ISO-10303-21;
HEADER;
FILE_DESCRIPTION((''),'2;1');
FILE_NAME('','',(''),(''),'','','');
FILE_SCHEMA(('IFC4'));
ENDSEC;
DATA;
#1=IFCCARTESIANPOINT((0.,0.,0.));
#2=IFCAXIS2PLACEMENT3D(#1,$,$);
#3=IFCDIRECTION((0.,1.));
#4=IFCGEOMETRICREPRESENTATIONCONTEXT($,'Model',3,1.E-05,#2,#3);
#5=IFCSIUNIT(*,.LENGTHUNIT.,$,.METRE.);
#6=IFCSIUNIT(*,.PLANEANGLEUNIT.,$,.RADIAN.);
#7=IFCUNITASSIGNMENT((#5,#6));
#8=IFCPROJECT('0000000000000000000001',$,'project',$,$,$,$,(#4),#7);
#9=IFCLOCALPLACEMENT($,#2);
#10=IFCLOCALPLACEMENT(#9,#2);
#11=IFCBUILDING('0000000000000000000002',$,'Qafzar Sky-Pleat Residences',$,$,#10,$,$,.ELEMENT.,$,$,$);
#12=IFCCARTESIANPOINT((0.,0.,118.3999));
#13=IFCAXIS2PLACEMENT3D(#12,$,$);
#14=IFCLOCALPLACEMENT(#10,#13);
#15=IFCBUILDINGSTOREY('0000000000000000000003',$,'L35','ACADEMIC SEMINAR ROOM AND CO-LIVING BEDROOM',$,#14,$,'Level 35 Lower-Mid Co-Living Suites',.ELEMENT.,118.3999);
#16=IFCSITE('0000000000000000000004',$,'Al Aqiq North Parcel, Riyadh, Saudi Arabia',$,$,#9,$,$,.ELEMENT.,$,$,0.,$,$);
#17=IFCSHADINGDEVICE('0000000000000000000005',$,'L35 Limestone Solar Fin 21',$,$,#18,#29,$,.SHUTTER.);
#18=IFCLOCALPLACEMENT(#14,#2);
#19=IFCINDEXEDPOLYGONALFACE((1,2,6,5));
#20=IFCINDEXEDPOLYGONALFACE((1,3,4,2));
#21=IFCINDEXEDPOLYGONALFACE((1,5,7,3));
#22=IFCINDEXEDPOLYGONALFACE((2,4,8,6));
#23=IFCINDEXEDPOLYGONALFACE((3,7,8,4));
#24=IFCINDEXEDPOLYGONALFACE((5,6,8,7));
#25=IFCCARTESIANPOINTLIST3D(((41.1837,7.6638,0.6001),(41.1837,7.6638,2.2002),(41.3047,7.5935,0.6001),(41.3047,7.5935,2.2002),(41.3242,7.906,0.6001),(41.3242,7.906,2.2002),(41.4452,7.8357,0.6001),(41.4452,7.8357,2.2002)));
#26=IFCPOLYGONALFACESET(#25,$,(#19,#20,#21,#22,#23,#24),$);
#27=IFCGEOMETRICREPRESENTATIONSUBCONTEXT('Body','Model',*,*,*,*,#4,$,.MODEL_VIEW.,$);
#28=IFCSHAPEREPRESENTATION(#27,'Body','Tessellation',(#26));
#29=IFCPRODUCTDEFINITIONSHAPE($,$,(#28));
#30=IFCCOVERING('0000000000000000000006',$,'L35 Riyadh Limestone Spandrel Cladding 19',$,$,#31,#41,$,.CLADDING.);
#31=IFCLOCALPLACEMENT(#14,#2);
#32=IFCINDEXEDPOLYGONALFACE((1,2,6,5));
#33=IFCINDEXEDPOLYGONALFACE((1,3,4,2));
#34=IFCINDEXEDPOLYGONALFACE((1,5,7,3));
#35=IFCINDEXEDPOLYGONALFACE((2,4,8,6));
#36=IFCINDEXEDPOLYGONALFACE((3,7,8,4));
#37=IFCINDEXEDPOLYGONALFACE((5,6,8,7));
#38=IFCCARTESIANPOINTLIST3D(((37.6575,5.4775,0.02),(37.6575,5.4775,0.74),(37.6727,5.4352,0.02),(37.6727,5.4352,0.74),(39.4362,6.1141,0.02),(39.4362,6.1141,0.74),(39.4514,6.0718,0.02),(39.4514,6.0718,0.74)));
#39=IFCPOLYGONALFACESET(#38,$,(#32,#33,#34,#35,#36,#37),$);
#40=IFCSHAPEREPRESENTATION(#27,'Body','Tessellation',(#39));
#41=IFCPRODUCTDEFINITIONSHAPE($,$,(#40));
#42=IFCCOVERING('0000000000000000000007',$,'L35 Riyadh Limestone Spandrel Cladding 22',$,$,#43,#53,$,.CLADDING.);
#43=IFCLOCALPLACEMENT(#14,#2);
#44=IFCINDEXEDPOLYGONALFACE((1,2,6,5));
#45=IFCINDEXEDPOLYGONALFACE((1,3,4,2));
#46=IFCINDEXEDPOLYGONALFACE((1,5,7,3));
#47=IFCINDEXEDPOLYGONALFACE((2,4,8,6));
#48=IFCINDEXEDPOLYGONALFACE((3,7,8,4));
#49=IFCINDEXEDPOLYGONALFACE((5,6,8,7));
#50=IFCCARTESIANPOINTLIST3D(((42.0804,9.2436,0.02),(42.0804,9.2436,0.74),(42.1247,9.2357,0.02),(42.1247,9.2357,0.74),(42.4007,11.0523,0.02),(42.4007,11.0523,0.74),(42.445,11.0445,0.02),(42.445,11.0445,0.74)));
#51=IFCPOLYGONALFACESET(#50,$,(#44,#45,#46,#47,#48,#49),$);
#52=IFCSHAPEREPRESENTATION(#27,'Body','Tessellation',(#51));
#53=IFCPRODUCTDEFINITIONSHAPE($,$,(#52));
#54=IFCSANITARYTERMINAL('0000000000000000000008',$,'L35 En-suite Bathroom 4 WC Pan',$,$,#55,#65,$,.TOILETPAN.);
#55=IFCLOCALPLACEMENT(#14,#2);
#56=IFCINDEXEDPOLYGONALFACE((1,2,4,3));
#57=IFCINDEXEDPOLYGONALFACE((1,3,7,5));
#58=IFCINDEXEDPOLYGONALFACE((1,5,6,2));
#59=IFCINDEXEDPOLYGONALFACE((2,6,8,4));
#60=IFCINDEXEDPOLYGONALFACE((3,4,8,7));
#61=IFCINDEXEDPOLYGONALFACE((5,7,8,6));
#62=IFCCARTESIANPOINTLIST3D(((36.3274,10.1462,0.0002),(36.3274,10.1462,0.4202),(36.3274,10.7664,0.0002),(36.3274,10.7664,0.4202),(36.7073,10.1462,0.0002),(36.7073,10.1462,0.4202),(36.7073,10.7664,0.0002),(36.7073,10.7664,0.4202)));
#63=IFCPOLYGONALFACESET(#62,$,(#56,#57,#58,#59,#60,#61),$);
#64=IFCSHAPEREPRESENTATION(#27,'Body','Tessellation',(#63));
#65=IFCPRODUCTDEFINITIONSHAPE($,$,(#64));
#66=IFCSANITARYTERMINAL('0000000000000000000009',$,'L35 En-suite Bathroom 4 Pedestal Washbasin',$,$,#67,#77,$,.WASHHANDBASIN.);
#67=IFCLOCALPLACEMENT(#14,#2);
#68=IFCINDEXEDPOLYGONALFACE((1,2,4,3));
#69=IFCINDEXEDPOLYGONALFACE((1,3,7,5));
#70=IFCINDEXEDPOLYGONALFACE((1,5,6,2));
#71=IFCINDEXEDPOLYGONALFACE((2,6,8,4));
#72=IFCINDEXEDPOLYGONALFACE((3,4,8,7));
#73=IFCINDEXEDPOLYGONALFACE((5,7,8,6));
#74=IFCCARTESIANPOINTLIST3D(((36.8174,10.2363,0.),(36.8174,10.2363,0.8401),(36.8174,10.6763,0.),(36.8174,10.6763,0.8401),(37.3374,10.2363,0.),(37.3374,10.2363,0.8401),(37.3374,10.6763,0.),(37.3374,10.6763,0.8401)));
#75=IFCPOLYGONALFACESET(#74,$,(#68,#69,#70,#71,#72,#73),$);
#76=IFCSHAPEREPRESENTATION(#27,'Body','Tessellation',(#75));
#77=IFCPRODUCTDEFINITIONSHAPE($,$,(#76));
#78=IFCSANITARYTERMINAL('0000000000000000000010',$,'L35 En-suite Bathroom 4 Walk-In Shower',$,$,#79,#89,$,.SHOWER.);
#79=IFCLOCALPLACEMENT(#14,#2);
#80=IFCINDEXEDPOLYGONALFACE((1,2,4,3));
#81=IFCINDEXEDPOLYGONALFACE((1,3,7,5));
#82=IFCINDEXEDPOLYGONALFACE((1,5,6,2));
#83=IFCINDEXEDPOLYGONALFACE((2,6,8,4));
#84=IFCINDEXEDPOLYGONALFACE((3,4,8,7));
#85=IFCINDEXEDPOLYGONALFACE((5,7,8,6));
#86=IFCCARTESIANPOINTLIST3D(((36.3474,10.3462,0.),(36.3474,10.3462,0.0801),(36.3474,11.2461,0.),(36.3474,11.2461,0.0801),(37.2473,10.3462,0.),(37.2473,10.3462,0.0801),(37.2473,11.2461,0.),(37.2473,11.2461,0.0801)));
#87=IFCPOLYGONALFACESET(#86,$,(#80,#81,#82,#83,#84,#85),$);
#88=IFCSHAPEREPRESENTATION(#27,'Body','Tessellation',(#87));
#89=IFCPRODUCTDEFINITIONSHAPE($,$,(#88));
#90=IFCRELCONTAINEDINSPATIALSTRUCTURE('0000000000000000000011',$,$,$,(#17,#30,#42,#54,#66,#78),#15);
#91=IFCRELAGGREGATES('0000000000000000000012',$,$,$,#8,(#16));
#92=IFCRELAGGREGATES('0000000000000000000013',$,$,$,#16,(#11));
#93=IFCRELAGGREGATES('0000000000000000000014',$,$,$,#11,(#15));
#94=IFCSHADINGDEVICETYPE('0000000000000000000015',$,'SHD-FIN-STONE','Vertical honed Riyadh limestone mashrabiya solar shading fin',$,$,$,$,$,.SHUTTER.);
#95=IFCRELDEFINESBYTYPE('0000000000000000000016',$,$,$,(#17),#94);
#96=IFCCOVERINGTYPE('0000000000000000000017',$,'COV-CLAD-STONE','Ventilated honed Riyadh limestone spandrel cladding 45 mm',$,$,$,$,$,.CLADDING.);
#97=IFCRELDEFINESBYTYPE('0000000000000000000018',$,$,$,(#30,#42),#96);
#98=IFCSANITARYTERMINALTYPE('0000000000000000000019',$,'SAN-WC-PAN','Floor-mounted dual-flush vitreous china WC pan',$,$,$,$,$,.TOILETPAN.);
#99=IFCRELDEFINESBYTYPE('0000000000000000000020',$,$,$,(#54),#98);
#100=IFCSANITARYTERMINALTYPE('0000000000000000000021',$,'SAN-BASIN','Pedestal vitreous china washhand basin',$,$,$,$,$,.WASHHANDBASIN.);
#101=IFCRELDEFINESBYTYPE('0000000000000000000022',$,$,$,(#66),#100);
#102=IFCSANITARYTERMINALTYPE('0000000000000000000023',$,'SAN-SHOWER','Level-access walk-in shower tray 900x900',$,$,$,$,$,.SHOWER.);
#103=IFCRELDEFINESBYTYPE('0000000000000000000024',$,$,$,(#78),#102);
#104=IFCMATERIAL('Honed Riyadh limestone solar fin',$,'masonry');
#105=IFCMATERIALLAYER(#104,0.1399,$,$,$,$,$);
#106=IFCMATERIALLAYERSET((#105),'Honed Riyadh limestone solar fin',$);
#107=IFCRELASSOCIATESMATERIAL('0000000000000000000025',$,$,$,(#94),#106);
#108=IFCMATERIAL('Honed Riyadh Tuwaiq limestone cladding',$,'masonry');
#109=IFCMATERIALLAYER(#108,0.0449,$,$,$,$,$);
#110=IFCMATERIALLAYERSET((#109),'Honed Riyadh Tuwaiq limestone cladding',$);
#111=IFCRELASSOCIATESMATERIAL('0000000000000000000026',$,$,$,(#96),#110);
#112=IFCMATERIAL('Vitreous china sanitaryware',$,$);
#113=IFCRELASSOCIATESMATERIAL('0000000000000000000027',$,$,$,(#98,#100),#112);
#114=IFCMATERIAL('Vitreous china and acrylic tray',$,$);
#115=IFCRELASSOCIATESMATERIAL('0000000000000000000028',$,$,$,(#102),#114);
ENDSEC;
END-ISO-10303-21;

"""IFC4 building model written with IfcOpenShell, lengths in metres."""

from ifc_helpers import new_model, si_unit, direction, frame, origin, origin_2d, place, context, subcontext, project, spatial, rectangle, extrude, source, transform, mapped, material, layer, layer_set, type_object, element, save


model = new_model("IFC4")

# Units and contexts
model_context = context("Model", 3, precision=1e-05, world=origin(), true_north=direction((0.0, 1.0)))
body_context = subcontext(model_context, "Body", "Model", "MODEL_VIEW")
ifc_project = project(units=[si_unit("LENGTHUNIT", "METRE"), si_unit("PLANEANGLEUNIT", "RADIAN")], contexts=[model_context])

# Site, building, storey
site_placement = place(None, origin())
site = spatial("IfcSite", under=ifc_project, at=site_placement, Name="Al Aqiq North Parcel, Riyadh, Saudi Arabia", CompositionType="ELEMENT", RefElevation=0.0)
building_placement = place(site_placement, origin())
building = spatial("IfcBuilding", under=site, at=building_placement, Name="Qafzar Sky-Pleat Residences", CompositionType="ELEMENT")
storey_placement = place(building_placement, frame((0.0, 0.0, 118.3999)))
storey = spatial("IfcBuildingStorey", under=building, at=storey_placement, Name="L35", Description="ACADEMIC SEMINAR ROOM AND CO-LIVING BEDROOM", LongName="Level 35 Lower-Mid Co-Living Suites", CompositionType="ELEMENT", Elevation=118.3999)

# Shading device
ifc_material_1 = material(Name="Honed Riyadh limestone solar fin", Category="masonry")
ifc_layer_1 = layer(ifc_material_1, 0.1399)
ifc_layer_set_1 = layer_set([ifc_layer_1], Name="Honed Riyadh limestone solar fin")
shading_device_type = type_object("IfcShadingDeviceType", Name="SHD-FIN-STONE", Description="Vertical honed Riyadh limestone mashrabiya solar shading fin", PredefinedType="SHUTTER", material=ifc_layer_set_1)
shared_shape_1 = source(origin(), body_context, "Body", "SweptSolid", [
    extrude(rectangle(XDim=0.1399, YDim=0.28, at=origin_2d()), origin(), (0.0, 0.0, 1.0), 1.6001),
])
shading_device_placement = place(storey_placement, frame((41.3145, 7.7498, 0.6001), z_axis=(0.0, 0.0, 1.0), x_axis=(0.864874, -0.501989, 0.0)))
element("IfcShadingDevice", 1, at=shading_device_placement, inside=storey, type_object=shading_device_type, Name="L35 Limestone Solar Fin 21", PredefinedType="SHUTTER", context=body_context, shape_type="MappedRepresentation", body=[
    mapped(shared_shape_1, transform((0.0, 0.0, 0.0), x_axis=(1.0, 0.0, 0.0), y_axis=(0.0, 1.0, 0.0), z_axis=(0.0, 0.0, 1.0), scale=1.0)),
])

# Coverings
ifc_material_2 = material(Name="Honed Riyadh Tuwaiq limestone cladding", Category="masonry")
ifc_layer_2 = layer(ifc_material_2, 0.0449)
ifc_layer_set_2 = layer_set([ifc_layer_2], Name="Honed Riyadh Tuwaiq limestone cladding")
covering_type = type_object("IfcCoveringType", Name="COV-CLAD-STONE", Description="Ventilated honed Riyadh limestone spandrel cladding 45 mm", PredefinedType="CLADDING", material=ifc_layer_set_2)
shared_shape_2 = source(origin(), body_context, "Body", "SweptSolid", [
    extrude(rectangle(XDim=1.8892, YDim=0.0449, at=origin_2d()), origin(), (0.0, 0.0, 1.0), 0.72),
])
covering_1_placement = place(storey_placement, frame((38.5544, 5.7747, 0.02), z_axis=(0.0, 0.0, 1.0), x_axis=(0.941519, 0.336961, 0.0)))
element("IfcCovering", 2, at=covering_1_placement, inside=storey, type_object=covering_type, Name="L35 Riyadh Limestone Spandrel Cladding 19", PredefinedType="CLADDING", context=body_context, shape_type="MappedRepresentation", body=[
    mapped(shared_shape_2, transform((0.0, 0.0, 0.0), x_axis=(1.0, 0.0, 0.0), y_axis=(0.0, 1.0, 0.0), z_axis=(0.0, 0.0, 1.0), scale=1.0)),
])
shared_shape_3 = source(origin(), body_context, "Body", "SweptSolid", [
    extrude(rectangle(XDim=1.8369, YDim=0.0449, at=origin_2d()), origin(), (0.0, 0.0, 1.0), 0.72),
])
covering_2_placement = place(storey_placement, frame((42.2627, 10.144, 0.02), z_axis=(0.0, 0.0, 1.0), x_axis=(0.174361, 0.984682, 0.0)))
element("IfcCovering", 3, at=covering_2_placement, inside=storey, type_object=covering_type, Name="L35 Riyadh Limestone Spandrel Cladding 22", PredefinedType="CLADDING", context=body_context, shape_type="MappedRepresentation", body=[
    mapped(shared_shape_3, transform((0.0, 0.0, 0.0), x_axis=(1.0, 0.0, 0.0), y_axis=(0.0, 1.0, 0.0), z_axis=(0.0, 0.0, 1.0), scale=1.0)),
])

# Sanitary terminals
ifc_material_3 = material(Name="Vitreous china sanitaryware")
sanitary_terminal_type_1 = type_object("IfcSanitaryTerminalType", Name="SAN-WC-PAN", Description="Floor-mounted dual-flush vitreous china WC pan", PredefinedType="TOILETPAN", material=ifc_material_3)
shared_shape_4 = source(origin(), body_context, "Body", "SweptSolid", [
    extrude(rectangle(XDim=0.3799, YDim=0.6201, at=origin_2d()), origin(), (0.0, 0.0, 1.0), 0.4199),
])
sanitary_terminal_1_placement = place(storey_placement, frame((36.5173, 10.4563, 0.0002), z_axis=(0.0, 0.0, 1.0), x_axis=(1.0, 0.0, 0.0)))
element("IfcSanitaryTerminal", 4, at=sanitary_terminal_1_placement, inside=storey, type_object=sanitary_terminal_type_1, Name="L35 En-suite Bathroom 4 WC Pan", PredefinedType="TOILETPAN", context=body_context, shape_type="MappedRepresentation", body=[
    mapped(shared_shape_4, transform((0.0, 0.0, 0.0), x_axis=(1.0, 0.0, 0.0), y_axis=(0.0, 1.0, 0.0), z_axis=(0.0, 0.0, 1.0), scale=1.0)),
])
sanitary_terminal_type_2 = type_object("IfcSanitaryTerminalType", Name="SAN-BASIN", Description="Pedestal vitreous china washhand basin", PredefinedType="WASHHANDBASIN", material=ifc_material_3)
shared_shape_5 = source(origin(), body_context, "Body", "SweptSolid", [
    extrude(rectangle(XDim=0.52, YDim=0.4399, at=origin_2d()), origin(), (0.0, 0.0, 1.0), 0.8401),
])
sanitary_terminal_2_placement = place(storey_placement, frame((37.0774, 10.4563, 0.0), z_axis=(0.0, 0.0, 1.0), x_axis=(1.0, 0.0, 0.0)))
element("IfcSanitaryTerminal", 5, at=sanitary_terminal_2_placement, inside=storey, type_object=sanitary_terminal_type_2, Name="L35 En-suite Bathroom 4 Pedestal Washbasin", PredefinedType="WASHHANDBASIN", context=body_context, shape_type="MappedRepresentation", body=[
    mapped(shared_shape_5, transform((0.0, 0.0, 0.0), x_axis=(1.0, 0.0, 0.0), y_axis=(0.0, 1.0, 0.0), z_axis=(0.0, 0.0, 1.0), scale=1.0)),
])
ifc_material_4 = material(Name="Vitreous china and acrylic tray")
sanitary_terminal_type_3 = type_object("IfcSanitaryTerminalType", Name="SAN-SHOWER", Description="Level-access walk-in shower tray 900x900", PredefinedType="SHOWER", material=ifc_material_4)
shared_shape_6 = source(origin(), body_context, "Body", "SweptSolid", [
    extrude(rectangle(XDim=0.8999, YDim=0.8999, at=origin_2d()), origin(), (0.0, 0.0, 1.0), 0.0801),
])
sanitary_terminal_3_placement = place(storey_placement, frame((36.7974, 10.7961, 0.0), z_axis=(0.0, 0.0, 1.0), x_axis=(1.0, 0.0, 0.0)))
element("IfcSanitaryTerminal", 6, at=sanitary_terminal_3_placement, inside=storey, type_object=sanitary_terminal_type_3, Name="L35 En-suite Bathroom 4 Walk-In Shower", PredefinedType="SHOWER", context=body_context, shape_type="MappedRepresentation", body=[
    mapped(shared_shape_6, transform((0.0, 0.0, 0.0), x_axis=(1.0, 0.0, 0.0), y_axis=(0.0, 1.0, 0.0), z_axis=(0.0, 0.0, 1.0), scale=1.0)),
])

save(model, "model.ifc")
